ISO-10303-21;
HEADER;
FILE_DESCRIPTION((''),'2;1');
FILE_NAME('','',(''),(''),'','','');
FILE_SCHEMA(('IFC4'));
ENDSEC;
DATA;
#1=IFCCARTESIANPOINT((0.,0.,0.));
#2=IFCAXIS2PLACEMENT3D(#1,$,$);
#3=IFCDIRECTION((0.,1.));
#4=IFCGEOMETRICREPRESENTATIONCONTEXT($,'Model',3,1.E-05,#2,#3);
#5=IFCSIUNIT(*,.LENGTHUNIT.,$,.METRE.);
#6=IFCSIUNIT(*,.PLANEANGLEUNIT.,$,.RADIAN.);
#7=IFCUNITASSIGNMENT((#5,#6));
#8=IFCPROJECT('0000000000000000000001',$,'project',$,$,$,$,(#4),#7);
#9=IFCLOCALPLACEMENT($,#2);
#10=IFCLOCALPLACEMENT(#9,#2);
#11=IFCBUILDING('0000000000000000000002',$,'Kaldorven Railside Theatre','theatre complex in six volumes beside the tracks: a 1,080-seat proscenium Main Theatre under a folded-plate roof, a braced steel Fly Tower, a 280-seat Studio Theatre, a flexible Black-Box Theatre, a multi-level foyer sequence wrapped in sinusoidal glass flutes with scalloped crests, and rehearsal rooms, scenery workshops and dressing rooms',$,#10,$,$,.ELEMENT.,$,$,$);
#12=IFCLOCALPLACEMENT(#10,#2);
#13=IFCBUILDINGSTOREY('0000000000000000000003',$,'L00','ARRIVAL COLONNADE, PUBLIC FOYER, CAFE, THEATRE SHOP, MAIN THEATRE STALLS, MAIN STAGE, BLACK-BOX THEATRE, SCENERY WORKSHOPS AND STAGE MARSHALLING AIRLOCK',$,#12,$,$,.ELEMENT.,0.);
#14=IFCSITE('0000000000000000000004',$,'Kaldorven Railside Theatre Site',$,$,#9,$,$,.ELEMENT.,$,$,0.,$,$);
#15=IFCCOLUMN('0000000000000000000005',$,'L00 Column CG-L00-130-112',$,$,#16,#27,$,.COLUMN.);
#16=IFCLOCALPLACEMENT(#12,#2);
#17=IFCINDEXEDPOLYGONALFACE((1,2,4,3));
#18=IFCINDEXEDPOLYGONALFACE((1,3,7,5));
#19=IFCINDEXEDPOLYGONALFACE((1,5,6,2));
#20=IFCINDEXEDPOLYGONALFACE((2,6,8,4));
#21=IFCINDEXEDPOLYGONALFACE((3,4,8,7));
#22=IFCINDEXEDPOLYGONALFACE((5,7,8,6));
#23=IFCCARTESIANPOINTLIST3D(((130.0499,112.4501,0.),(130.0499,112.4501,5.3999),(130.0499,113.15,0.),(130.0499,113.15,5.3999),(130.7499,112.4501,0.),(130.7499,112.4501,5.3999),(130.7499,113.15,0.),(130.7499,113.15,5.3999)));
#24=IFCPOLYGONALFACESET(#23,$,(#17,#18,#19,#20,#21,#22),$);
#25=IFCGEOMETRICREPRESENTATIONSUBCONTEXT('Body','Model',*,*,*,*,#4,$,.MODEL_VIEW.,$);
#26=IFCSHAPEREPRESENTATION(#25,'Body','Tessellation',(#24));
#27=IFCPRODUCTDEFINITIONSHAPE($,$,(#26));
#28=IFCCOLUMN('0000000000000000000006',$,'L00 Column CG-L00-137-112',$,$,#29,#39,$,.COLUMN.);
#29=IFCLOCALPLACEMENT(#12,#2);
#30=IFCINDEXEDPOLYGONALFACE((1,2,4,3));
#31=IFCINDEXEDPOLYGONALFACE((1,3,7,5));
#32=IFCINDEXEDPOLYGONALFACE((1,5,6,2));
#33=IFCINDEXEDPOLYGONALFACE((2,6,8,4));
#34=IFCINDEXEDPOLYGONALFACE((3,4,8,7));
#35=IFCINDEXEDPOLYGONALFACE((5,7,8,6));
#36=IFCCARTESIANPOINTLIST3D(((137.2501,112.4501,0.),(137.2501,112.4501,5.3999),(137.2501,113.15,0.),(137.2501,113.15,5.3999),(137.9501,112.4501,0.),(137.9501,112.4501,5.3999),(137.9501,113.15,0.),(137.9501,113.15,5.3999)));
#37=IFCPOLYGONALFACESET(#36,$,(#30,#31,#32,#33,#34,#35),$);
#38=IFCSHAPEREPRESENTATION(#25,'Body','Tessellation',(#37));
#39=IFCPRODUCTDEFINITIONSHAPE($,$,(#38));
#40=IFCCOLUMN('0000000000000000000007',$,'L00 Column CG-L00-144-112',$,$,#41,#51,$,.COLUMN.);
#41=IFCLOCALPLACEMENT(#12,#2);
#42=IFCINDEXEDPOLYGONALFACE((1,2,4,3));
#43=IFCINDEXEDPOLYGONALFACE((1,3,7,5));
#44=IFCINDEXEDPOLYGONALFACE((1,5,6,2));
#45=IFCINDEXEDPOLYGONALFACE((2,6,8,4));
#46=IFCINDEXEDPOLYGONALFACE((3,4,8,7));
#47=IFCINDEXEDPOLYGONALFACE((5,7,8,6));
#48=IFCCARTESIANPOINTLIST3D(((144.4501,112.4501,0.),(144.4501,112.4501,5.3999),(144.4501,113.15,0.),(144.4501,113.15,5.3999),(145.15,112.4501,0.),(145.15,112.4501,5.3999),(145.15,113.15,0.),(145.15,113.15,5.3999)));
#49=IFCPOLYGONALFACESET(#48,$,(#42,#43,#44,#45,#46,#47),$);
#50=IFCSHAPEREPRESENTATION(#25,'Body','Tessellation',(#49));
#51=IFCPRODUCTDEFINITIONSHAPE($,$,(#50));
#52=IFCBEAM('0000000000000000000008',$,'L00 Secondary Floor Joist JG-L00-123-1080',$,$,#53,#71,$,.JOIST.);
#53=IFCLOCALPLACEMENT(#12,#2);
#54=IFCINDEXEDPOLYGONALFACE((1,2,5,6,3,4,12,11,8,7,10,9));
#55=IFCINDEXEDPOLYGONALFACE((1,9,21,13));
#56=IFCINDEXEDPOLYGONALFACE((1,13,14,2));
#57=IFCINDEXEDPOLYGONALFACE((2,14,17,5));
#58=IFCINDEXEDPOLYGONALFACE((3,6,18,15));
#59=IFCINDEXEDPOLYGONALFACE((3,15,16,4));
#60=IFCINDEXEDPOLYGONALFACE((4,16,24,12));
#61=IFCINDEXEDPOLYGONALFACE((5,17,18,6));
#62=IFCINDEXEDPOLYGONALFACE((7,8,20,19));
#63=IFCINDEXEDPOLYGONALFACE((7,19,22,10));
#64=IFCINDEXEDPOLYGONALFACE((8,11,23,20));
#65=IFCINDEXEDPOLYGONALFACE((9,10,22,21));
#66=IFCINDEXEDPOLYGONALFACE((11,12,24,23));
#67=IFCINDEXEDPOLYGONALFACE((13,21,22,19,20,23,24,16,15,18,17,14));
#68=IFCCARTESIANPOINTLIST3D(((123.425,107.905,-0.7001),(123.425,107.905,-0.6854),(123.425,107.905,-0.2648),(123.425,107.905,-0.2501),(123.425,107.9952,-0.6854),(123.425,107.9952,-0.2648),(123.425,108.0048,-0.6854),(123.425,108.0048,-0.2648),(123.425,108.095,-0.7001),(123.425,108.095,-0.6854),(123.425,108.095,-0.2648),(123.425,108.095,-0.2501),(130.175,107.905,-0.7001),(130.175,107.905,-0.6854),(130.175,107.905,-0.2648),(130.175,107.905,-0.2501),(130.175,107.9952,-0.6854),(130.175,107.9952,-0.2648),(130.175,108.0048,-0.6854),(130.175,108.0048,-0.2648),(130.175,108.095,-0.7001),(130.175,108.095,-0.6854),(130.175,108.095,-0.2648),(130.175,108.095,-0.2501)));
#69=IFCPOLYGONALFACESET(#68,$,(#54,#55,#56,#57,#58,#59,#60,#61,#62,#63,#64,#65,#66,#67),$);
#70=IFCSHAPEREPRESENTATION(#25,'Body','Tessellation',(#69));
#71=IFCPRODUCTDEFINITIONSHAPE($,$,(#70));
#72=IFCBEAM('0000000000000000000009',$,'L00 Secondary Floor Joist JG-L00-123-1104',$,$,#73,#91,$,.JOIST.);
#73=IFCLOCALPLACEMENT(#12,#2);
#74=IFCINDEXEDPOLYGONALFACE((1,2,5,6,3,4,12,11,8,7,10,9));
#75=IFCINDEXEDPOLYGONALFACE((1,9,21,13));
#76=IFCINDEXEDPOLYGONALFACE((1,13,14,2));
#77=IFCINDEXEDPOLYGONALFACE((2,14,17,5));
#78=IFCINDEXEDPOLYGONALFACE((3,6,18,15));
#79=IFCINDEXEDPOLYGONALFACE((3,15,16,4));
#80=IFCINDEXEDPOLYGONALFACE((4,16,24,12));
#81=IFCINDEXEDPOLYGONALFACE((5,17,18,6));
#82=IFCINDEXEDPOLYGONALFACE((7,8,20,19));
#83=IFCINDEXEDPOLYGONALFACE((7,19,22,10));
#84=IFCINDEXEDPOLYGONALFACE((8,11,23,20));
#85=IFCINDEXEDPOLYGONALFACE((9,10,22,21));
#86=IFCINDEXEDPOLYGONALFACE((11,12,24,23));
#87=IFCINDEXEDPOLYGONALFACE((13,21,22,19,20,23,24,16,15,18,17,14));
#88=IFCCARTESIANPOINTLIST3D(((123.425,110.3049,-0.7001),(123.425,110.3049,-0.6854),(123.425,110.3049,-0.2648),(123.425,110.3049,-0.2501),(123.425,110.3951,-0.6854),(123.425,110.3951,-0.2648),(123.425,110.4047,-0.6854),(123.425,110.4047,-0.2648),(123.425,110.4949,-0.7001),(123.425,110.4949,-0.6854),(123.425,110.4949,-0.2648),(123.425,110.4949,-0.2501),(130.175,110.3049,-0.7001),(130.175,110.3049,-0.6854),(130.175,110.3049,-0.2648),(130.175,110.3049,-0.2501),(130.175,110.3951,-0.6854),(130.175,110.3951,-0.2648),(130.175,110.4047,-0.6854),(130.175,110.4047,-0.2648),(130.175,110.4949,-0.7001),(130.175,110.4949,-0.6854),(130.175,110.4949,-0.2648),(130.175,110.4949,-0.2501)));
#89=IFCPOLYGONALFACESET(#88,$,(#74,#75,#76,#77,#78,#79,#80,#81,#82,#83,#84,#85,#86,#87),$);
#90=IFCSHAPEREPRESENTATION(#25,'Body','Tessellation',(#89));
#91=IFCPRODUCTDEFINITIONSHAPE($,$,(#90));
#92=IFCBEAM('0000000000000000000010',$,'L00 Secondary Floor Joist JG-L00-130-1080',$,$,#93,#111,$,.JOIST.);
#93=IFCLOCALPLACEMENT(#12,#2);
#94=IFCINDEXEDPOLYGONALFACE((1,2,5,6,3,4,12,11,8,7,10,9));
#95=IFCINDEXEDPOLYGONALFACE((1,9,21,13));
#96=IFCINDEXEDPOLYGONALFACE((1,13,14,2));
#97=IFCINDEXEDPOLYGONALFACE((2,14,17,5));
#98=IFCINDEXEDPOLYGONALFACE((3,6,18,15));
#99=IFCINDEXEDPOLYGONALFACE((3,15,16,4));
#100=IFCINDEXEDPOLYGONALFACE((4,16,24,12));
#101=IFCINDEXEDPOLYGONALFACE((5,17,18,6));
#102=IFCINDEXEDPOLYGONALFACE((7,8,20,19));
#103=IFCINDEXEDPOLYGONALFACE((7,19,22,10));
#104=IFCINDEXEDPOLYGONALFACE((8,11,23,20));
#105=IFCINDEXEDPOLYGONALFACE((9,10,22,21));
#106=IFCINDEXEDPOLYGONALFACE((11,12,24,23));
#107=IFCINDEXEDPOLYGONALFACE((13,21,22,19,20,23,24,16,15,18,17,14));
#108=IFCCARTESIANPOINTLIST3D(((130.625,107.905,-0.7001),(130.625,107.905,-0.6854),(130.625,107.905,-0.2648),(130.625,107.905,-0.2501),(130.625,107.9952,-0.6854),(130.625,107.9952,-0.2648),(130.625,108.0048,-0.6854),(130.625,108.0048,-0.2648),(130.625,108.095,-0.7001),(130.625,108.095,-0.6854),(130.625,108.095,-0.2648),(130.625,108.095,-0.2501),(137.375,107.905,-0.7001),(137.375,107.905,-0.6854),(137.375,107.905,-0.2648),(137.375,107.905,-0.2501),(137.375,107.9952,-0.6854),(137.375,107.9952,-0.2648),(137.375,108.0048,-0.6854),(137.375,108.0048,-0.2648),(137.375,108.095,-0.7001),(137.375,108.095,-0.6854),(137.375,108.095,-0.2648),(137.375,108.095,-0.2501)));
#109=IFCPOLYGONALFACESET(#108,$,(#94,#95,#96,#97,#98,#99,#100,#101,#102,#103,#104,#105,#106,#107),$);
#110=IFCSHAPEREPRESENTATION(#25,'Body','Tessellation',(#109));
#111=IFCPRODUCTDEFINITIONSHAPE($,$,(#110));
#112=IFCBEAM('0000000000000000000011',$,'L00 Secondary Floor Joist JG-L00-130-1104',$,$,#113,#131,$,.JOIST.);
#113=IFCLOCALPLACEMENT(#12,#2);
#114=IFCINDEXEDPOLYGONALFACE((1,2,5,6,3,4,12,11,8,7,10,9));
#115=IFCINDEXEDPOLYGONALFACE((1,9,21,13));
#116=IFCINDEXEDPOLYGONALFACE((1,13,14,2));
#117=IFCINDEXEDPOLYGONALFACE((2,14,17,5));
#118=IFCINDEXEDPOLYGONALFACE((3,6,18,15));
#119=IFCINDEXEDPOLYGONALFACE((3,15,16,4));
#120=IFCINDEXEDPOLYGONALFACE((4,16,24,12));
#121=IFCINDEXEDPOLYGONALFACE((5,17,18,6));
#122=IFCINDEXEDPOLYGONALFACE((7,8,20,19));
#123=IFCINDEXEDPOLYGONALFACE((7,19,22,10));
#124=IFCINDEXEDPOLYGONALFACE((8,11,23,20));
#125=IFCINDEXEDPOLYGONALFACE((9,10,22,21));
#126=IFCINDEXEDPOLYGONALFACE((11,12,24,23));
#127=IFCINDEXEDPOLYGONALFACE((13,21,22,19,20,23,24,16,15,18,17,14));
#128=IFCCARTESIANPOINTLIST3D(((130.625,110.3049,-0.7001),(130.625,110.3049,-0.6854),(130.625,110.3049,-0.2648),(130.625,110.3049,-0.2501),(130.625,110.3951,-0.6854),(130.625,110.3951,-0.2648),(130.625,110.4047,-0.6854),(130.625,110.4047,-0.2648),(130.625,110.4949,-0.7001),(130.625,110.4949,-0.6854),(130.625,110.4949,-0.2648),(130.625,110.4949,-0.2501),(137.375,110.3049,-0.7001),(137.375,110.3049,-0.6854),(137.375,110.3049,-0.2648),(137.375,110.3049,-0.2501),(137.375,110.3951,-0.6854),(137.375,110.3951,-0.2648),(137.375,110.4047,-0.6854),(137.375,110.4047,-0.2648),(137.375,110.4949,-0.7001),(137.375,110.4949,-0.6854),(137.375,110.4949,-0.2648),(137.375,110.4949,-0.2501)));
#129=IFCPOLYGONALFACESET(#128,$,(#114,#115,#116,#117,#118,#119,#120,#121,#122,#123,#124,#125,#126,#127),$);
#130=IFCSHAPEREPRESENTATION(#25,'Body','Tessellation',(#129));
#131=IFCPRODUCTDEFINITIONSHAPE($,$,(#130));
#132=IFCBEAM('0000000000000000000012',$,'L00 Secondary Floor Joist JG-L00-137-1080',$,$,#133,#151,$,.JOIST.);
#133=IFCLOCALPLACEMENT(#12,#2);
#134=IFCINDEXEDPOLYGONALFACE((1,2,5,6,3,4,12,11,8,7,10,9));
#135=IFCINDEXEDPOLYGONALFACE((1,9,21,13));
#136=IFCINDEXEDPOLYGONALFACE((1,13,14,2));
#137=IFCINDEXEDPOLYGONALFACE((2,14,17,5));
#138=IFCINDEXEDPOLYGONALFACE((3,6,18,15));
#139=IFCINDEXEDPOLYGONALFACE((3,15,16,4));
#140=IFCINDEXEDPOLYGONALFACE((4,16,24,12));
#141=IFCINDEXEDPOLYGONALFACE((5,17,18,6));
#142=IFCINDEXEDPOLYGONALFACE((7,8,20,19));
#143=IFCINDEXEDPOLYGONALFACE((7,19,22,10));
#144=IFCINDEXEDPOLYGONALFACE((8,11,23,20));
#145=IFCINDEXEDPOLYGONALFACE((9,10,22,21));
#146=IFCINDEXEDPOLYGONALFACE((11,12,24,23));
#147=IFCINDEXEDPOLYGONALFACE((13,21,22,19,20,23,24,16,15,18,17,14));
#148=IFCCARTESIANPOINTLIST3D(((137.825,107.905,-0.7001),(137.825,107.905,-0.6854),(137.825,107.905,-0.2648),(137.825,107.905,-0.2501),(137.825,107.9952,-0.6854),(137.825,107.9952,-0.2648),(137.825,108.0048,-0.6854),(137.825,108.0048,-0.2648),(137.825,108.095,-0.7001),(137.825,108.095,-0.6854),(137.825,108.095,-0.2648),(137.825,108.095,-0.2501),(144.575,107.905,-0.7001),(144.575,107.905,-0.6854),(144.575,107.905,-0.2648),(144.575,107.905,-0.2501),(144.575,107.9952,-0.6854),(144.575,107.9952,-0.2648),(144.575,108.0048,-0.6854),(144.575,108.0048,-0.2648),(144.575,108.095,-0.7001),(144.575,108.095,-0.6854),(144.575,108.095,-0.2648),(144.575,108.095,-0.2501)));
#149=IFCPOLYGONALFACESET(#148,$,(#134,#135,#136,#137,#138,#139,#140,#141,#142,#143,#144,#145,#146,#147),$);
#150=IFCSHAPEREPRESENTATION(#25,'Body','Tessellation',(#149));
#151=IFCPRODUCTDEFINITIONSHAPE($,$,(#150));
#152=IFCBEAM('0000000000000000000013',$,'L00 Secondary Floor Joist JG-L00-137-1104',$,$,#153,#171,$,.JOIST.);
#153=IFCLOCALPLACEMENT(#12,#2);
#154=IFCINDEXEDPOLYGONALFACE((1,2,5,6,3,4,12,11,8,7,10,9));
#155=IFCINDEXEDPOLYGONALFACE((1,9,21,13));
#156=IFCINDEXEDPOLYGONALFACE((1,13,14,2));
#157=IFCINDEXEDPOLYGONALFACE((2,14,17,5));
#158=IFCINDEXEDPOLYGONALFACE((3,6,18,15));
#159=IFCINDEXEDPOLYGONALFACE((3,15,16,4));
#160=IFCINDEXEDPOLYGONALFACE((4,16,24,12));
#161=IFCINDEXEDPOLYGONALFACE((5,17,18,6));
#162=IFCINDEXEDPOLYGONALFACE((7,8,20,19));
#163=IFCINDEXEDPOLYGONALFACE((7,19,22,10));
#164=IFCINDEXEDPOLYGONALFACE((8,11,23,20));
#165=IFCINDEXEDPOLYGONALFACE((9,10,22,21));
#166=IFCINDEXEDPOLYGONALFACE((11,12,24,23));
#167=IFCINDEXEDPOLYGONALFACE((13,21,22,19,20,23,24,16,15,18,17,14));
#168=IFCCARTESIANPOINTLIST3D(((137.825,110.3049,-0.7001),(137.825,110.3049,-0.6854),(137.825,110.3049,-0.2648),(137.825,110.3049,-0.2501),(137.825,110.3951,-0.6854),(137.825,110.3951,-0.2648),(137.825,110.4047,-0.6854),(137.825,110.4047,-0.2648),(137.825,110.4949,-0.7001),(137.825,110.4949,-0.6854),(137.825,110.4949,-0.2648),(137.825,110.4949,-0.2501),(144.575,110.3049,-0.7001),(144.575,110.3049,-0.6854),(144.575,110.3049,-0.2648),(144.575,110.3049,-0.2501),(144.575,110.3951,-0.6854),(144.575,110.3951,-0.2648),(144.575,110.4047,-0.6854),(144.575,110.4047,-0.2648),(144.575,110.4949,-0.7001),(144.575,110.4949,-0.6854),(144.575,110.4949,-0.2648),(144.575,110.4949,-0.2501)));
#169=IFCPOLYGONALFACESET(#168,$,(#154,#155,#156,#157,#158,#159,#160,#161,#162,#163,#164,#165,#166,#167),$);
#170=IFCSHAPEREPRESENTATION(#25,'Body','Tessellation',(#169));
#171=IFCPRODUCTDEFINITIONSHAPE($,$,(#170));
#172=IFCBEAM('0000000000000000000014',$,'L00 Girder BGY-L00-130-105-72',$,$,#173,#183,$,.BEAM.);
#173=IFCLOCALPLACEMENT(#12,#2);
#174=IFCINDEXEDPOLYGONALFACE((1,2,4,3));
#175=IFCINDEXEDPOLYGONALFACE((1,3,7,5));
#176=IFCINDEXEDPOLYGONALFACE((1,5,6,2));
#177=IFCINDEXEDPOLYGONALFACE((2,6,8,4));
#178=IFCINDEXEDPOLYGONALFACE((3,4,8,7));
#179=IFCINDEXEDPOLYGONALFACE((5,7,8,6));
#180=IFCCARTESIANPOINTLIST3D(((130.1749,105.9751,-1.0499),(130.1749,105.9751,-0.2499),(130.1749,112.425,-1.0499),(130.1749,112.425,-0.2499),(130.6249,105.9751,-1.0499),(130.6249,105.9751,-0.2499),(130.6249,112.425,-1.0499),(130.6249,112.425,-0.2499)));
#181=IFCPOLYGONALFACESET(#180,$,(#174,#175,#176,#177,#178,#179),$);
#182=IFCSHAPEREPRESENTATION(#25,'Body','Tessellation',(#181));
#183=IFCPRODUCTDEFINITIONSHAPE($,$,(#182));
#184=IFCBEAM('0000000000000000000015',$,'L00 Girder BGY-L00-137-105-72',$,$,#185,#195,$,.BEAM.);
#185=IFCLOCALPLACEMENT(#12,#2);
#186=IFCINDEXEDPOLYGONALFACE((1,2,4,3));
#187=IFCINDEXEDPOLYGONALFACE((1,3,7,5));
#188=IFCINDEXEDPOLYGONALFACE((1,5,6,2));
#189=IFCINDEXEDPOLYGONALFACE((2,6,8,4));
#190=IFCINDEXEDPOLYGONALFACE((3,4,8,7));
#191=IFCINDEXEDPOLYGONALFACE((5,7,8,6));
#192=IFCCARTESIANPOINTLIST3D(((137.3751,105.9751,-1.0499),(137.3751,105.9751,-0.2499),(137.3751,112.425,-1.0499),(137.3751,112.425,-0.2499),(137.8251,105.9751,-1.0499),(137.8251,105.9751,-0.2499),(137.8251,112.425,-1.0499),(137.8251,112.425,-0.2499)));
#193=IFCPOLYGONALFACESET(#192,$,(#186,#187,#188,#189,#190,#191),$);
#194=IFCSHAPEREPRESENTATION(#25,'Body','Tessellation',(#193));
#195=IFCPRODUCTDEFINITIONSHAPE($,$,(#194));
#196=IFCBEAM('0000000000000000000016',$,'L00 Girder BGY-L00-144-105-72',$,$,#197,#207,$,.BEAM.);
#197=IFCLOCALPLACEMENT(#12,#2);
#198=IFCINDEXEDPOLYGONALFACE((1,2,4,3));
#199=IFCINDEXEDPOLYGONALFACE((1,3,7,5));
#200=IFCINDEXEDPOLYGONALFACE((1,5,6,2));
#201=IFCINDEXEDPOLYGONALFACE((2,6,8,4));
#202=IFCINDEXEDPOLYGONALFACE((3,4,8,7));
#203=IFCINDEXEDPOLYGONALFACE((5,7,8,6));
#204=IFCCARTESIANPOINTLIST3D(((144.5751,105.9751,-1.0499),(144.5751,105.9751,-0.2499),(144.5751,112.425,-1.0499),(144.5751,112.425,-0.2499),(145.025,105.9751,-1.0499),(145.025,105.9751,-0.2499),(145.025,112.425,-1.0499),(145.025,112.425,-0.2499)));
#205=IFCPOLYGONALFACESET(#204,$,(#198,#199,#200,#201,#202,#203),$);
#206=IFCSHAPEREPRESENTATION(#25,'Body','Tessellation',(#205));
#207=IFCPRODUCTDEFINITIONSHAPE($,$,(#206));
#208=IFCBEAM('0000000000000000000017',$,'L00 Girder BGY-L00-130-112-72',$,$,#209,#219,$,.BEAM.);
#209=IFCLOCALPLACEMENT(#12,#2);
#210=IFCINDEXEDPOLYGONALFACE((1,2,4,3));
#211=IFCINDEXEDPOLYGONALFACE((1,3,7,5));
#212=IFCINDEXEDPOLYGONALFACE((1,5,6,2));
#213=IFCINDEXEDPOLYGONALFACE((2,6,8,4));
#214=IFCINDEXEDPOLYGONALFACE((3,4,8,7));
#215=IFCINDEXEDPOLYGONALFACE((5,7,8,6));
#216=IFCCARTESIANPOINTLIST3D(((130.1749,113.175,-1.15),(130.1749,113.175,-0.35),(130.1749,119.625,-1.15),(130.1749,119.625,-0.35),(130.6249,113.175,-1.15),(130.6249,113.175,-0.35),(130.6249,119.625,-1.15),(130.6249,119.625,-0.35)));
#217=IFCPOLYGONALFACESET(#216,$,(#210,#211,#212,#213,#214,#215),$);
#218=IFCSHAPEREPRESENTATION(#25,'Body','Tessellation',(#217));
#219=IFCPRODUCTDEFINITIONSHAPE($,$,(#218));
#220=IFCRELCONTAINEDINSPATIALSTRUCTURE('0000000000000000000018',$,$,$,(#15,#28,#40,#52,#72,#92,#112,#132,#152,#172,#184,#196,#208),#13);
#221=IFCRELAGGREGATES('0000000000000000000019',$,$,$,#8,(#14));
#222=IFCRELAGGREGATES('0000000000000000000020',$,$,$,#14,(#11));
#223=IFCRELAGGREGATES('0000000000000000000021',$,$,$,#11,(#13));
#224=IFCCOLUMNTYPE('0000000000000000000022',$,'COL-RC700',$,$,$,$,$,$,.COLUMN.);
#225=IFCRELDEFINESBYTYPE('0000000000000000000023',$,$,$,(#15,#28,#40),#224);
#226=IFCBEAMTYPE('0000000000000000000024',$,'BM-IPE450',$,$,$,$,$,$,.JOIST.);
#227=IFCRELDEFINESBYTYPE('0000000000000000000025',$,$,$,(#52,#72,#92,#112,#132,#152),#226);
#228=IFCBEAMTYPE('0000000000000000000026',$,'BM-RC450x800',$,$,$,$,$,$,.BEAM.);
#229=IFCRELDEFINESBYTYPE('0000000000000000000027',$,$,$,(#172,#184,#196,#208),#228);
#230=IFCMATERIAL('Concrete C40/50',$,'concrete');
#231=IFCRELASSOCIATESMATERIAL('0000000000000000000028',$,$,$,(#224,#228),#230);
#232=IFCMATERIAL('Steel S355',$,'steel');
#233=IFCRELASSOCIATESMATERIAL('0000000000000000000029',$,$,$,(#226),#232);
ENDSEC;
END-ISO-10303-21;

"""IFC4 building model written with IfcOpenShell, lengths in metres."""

from ifc_helpers import new_model, si_unit, direction, frame, origin, origin_2d, place, context, subcontext, project, spatial, rectangle, i_section, extrude, material, material_profile, profile_set, type_object, element, save


model = new_model("IFC4")

# Units and contexts
model_context = context("Model", 3, precision=1e-05, world=origin(), true_north=direction((0.0, 1.0)))
body_context = subcontext(model_context, "Body", "Model", "MODEL_VIEW")
ifc_project = project(units=[si_unit("LENGTHUNIT", "METRE"), si_unit("PLANEANGLEUNIT", "RADIAN")], contexts=[model_context])

# Site, building, storey
site_placement = place(None, origin())
site = spatial("IfcSite", under=ifc_project, at=site_placement, Name="Kaldorven Railside Theatre Site", CompositionType="ELEMENT", RefElevation=0.0)
building_placement = place(site_placement, origin())
building = spatial("IfcBuilding", under=site, at=building_placement, Name="Kaldorven Railside Theatre", Description="theatre complex in six volumes beside the tracks: a 1,080-seat proscenium Main Theatre under a folded-plate roof, a braced steel Fly Tower, a 280-seat Studio Theatre, a flexible Black-Box Theatre, a multi-level foyer sequence wrapped in sinusoidal glass flutes with scalloped crests, and rehearsal rooms, scenery workshops and dressing rooms", CompositionType="ELEMENT")
storey_placement = place(building_placement, origin())
storey = spatial("IfcBuildingStorey", under=building, at=storey_placement, Name="L00", Description="ARRIVAL COLONNADE, PUBLIC FOYER, CAFE, THEATRE SHOP, MAIN THEATRE STALLS, MAIN STAGE, BLACK-BOX THEATRE, SCENERY WORKSHOPS AND STAGE MARSHALLING AIRLOCK", CompositionType="ELEMENT", Elevation=0.0)

# Columns
ifc_material_1 = material(Name="Concrete C40/50", Category="concrete")
ifc_material_profile_1 = material_profile(ifc_material_1, rectangle(XDim=0.7, YDim=0.7, at=origin_2d()), Name="RC 700x700")
ifc_profile_set_1 = profile_set([ifc_material_profile_1], Name="Concrete C40/50")
column_type = type_object("IfcColumnType", Name="COL-RC700", PredefinedType="COLUMN", material=ifc_profile_set_1)
for number, where, z_axis, x_axis, name in (
    (1, (130.3999, 112.8, 0.0), (0.0, 0.0, 1.0), (0.0, 1.0, 0.0), "L00 Column CG-L00-130-112"),
    (2, (137.6001, 112.8, 0.0), (0.0, 0.0, 1.0), (1.0, 0.0, 0.0), "L00 Column CG-L00-137-112"),
    (3, (144.8, 112.8, 0.0), (0.0, 0.0, 1.0), (0.0, 1.0, 0.0), "L00 Column CG-L00-144-112"),
):
    element("IfcColumn", number, at=place(storey_placement, frame(where, z_axis=z_axis, x_axis=x_axis)), inside=storey, type_object=column_type, Name=name, PredefinedType="COLUMN", context=body_context, shape_type="SweptSolid", body=[
        extrude(rectangle(XDim=0.7, YDim=0.7, at=origin_2d()), origin(), (0.0, 0.0, 1.0), 5.3999),
    ])

# Beams
ifc_material_2 = material(Name="Steel S355", Category="steel")
ifc_material_profile_2 = material_profile(ifc_material_2, i_section(OverallWidth=0.1899, OverallDepth=0.45, WebThickness=0.0095, FlangeThickness=0.0146, at=origin_2d()), Name="IPE 450")
ifc_profile_set_2 = profile_set([ifc_material_profile_2], Name="Steel S355")
beam_type_1 = type_object("IfcBeamType", Name="BM-IPE450", PredefinedType="JOIST", material=ifc_profile_set_2)
for number, where, z_axis, x_axis, name in (
    (4, (123.425, 108.0, -0.4751), (1.0, 0.0, 0.0), (0.0, 1.0, 0.0), "L00 Secondary Floor Joist JG-L00-123-1080"),
    (5, (123.425, 110.3999, -0.4751), (1.0, 0.0, 0.0), (0.0, 1.0, 0.0), "L00 Secondary Floor Joist JG-L00-123-1104"),
    (6, (130.625, 108.0, -0.4751), (1.0, 0.0, 0.0), (0.0, 1.0, 0.0), "L00 Secondary Floor Joist JG-L00-130-1080"),
    (7, (130.625, 110.3999, -0.4751), (1.0, 0.0, 0.0), (0.0, 1.0, 0.0), "L00 Secondary Floor Joist JG-L00-130-1104"),
    (8, (137.825, 108.0, -0.4751), (1.0, 0.0, 0.0), (0.0, 1.0, 0.0), "L00 Secondary Floor Joist JG-L00-137-1080"),
    (9, (137.825, 110.3999, -0.4751), (1.0, 0.0, 0.0), (0.0, 1.0, 0.0), "L00 Secondary Floor Joist JG-L00-137-1104"),
):
    element("IfcBeam", number, at=place(storey_placement, frame(where, z_axis=z_axis, x_axis=x_axis)), inside=storey, type_object=beam_type_1, Name=name, PredefinedType="JOIST", context=body_context, shape_type="SweptSolid", body=[
        extrude(i_section(OverallWidth=0.1899, OverallDepth=0.45, WebThickness=0.0095, FlangeThickness=0.0146, at=origin_2d()), origin(), (0.0, 0.0, 1.0), 6.75),
    ])
ifc_material_profile_3 = material_profile(ifc_material_1, rectangle(XDim=0.45, YDim=0.8, at=origin_2d()), Name="RC 450x800")
ifc_profile_set_3 = profile_set([ifc_material_profile_3], Name="Concrete C40/50")
beam_type_2 = type_object("IfcBeamType", Name="BM-RC450x800", PredefinedType="BEAM", material=ifc_profile_set_3)
for number, where, z_axis, x_axis, name in (
    (10, (130.3999, 105.9751, -0.6499), (0.0, 1.0, 0.0), (-1.0, 0.0, 0.0), "L00 Girder BGY-L00-130-105-72"),
    (11, (137.6001, 105.9751, -0.6499), (0.0, 1.0, 0.0), (-1.0, 0.0, 0.0), "L00 Girder BGY-L00-137-105-72"),
    (12, (144.8, 105.9751, -0.6499), (0.0, 1.0, 0.0), (-1.0, 0.0, 0.0), "L00 Girder BGY-L00-144-105-72"),
    (13, (130.3999, 113.175, -0.75), (0.0, 1.0, 0.0), (-1.0, 0.0, 0.0), "L00 Girder BGY-L00-130-112-72"),
):
    element("IfcBeam", number, at=place(storey_placement, frame(where, z_axis=z_axis, x_axis=x_axis)), inside=storey, type_object=beam_type_2, Name=name, PredefinedType="BEAM", context=body_context, shape_type="SweptSolid", body=[
        extrude(rectangle(XDim=0.45, YDim=0.8, at=origin_2d()), origin(), (0.0, 0.0, 1.0), 6.45),
    ])

save(model, "model.ifc")
